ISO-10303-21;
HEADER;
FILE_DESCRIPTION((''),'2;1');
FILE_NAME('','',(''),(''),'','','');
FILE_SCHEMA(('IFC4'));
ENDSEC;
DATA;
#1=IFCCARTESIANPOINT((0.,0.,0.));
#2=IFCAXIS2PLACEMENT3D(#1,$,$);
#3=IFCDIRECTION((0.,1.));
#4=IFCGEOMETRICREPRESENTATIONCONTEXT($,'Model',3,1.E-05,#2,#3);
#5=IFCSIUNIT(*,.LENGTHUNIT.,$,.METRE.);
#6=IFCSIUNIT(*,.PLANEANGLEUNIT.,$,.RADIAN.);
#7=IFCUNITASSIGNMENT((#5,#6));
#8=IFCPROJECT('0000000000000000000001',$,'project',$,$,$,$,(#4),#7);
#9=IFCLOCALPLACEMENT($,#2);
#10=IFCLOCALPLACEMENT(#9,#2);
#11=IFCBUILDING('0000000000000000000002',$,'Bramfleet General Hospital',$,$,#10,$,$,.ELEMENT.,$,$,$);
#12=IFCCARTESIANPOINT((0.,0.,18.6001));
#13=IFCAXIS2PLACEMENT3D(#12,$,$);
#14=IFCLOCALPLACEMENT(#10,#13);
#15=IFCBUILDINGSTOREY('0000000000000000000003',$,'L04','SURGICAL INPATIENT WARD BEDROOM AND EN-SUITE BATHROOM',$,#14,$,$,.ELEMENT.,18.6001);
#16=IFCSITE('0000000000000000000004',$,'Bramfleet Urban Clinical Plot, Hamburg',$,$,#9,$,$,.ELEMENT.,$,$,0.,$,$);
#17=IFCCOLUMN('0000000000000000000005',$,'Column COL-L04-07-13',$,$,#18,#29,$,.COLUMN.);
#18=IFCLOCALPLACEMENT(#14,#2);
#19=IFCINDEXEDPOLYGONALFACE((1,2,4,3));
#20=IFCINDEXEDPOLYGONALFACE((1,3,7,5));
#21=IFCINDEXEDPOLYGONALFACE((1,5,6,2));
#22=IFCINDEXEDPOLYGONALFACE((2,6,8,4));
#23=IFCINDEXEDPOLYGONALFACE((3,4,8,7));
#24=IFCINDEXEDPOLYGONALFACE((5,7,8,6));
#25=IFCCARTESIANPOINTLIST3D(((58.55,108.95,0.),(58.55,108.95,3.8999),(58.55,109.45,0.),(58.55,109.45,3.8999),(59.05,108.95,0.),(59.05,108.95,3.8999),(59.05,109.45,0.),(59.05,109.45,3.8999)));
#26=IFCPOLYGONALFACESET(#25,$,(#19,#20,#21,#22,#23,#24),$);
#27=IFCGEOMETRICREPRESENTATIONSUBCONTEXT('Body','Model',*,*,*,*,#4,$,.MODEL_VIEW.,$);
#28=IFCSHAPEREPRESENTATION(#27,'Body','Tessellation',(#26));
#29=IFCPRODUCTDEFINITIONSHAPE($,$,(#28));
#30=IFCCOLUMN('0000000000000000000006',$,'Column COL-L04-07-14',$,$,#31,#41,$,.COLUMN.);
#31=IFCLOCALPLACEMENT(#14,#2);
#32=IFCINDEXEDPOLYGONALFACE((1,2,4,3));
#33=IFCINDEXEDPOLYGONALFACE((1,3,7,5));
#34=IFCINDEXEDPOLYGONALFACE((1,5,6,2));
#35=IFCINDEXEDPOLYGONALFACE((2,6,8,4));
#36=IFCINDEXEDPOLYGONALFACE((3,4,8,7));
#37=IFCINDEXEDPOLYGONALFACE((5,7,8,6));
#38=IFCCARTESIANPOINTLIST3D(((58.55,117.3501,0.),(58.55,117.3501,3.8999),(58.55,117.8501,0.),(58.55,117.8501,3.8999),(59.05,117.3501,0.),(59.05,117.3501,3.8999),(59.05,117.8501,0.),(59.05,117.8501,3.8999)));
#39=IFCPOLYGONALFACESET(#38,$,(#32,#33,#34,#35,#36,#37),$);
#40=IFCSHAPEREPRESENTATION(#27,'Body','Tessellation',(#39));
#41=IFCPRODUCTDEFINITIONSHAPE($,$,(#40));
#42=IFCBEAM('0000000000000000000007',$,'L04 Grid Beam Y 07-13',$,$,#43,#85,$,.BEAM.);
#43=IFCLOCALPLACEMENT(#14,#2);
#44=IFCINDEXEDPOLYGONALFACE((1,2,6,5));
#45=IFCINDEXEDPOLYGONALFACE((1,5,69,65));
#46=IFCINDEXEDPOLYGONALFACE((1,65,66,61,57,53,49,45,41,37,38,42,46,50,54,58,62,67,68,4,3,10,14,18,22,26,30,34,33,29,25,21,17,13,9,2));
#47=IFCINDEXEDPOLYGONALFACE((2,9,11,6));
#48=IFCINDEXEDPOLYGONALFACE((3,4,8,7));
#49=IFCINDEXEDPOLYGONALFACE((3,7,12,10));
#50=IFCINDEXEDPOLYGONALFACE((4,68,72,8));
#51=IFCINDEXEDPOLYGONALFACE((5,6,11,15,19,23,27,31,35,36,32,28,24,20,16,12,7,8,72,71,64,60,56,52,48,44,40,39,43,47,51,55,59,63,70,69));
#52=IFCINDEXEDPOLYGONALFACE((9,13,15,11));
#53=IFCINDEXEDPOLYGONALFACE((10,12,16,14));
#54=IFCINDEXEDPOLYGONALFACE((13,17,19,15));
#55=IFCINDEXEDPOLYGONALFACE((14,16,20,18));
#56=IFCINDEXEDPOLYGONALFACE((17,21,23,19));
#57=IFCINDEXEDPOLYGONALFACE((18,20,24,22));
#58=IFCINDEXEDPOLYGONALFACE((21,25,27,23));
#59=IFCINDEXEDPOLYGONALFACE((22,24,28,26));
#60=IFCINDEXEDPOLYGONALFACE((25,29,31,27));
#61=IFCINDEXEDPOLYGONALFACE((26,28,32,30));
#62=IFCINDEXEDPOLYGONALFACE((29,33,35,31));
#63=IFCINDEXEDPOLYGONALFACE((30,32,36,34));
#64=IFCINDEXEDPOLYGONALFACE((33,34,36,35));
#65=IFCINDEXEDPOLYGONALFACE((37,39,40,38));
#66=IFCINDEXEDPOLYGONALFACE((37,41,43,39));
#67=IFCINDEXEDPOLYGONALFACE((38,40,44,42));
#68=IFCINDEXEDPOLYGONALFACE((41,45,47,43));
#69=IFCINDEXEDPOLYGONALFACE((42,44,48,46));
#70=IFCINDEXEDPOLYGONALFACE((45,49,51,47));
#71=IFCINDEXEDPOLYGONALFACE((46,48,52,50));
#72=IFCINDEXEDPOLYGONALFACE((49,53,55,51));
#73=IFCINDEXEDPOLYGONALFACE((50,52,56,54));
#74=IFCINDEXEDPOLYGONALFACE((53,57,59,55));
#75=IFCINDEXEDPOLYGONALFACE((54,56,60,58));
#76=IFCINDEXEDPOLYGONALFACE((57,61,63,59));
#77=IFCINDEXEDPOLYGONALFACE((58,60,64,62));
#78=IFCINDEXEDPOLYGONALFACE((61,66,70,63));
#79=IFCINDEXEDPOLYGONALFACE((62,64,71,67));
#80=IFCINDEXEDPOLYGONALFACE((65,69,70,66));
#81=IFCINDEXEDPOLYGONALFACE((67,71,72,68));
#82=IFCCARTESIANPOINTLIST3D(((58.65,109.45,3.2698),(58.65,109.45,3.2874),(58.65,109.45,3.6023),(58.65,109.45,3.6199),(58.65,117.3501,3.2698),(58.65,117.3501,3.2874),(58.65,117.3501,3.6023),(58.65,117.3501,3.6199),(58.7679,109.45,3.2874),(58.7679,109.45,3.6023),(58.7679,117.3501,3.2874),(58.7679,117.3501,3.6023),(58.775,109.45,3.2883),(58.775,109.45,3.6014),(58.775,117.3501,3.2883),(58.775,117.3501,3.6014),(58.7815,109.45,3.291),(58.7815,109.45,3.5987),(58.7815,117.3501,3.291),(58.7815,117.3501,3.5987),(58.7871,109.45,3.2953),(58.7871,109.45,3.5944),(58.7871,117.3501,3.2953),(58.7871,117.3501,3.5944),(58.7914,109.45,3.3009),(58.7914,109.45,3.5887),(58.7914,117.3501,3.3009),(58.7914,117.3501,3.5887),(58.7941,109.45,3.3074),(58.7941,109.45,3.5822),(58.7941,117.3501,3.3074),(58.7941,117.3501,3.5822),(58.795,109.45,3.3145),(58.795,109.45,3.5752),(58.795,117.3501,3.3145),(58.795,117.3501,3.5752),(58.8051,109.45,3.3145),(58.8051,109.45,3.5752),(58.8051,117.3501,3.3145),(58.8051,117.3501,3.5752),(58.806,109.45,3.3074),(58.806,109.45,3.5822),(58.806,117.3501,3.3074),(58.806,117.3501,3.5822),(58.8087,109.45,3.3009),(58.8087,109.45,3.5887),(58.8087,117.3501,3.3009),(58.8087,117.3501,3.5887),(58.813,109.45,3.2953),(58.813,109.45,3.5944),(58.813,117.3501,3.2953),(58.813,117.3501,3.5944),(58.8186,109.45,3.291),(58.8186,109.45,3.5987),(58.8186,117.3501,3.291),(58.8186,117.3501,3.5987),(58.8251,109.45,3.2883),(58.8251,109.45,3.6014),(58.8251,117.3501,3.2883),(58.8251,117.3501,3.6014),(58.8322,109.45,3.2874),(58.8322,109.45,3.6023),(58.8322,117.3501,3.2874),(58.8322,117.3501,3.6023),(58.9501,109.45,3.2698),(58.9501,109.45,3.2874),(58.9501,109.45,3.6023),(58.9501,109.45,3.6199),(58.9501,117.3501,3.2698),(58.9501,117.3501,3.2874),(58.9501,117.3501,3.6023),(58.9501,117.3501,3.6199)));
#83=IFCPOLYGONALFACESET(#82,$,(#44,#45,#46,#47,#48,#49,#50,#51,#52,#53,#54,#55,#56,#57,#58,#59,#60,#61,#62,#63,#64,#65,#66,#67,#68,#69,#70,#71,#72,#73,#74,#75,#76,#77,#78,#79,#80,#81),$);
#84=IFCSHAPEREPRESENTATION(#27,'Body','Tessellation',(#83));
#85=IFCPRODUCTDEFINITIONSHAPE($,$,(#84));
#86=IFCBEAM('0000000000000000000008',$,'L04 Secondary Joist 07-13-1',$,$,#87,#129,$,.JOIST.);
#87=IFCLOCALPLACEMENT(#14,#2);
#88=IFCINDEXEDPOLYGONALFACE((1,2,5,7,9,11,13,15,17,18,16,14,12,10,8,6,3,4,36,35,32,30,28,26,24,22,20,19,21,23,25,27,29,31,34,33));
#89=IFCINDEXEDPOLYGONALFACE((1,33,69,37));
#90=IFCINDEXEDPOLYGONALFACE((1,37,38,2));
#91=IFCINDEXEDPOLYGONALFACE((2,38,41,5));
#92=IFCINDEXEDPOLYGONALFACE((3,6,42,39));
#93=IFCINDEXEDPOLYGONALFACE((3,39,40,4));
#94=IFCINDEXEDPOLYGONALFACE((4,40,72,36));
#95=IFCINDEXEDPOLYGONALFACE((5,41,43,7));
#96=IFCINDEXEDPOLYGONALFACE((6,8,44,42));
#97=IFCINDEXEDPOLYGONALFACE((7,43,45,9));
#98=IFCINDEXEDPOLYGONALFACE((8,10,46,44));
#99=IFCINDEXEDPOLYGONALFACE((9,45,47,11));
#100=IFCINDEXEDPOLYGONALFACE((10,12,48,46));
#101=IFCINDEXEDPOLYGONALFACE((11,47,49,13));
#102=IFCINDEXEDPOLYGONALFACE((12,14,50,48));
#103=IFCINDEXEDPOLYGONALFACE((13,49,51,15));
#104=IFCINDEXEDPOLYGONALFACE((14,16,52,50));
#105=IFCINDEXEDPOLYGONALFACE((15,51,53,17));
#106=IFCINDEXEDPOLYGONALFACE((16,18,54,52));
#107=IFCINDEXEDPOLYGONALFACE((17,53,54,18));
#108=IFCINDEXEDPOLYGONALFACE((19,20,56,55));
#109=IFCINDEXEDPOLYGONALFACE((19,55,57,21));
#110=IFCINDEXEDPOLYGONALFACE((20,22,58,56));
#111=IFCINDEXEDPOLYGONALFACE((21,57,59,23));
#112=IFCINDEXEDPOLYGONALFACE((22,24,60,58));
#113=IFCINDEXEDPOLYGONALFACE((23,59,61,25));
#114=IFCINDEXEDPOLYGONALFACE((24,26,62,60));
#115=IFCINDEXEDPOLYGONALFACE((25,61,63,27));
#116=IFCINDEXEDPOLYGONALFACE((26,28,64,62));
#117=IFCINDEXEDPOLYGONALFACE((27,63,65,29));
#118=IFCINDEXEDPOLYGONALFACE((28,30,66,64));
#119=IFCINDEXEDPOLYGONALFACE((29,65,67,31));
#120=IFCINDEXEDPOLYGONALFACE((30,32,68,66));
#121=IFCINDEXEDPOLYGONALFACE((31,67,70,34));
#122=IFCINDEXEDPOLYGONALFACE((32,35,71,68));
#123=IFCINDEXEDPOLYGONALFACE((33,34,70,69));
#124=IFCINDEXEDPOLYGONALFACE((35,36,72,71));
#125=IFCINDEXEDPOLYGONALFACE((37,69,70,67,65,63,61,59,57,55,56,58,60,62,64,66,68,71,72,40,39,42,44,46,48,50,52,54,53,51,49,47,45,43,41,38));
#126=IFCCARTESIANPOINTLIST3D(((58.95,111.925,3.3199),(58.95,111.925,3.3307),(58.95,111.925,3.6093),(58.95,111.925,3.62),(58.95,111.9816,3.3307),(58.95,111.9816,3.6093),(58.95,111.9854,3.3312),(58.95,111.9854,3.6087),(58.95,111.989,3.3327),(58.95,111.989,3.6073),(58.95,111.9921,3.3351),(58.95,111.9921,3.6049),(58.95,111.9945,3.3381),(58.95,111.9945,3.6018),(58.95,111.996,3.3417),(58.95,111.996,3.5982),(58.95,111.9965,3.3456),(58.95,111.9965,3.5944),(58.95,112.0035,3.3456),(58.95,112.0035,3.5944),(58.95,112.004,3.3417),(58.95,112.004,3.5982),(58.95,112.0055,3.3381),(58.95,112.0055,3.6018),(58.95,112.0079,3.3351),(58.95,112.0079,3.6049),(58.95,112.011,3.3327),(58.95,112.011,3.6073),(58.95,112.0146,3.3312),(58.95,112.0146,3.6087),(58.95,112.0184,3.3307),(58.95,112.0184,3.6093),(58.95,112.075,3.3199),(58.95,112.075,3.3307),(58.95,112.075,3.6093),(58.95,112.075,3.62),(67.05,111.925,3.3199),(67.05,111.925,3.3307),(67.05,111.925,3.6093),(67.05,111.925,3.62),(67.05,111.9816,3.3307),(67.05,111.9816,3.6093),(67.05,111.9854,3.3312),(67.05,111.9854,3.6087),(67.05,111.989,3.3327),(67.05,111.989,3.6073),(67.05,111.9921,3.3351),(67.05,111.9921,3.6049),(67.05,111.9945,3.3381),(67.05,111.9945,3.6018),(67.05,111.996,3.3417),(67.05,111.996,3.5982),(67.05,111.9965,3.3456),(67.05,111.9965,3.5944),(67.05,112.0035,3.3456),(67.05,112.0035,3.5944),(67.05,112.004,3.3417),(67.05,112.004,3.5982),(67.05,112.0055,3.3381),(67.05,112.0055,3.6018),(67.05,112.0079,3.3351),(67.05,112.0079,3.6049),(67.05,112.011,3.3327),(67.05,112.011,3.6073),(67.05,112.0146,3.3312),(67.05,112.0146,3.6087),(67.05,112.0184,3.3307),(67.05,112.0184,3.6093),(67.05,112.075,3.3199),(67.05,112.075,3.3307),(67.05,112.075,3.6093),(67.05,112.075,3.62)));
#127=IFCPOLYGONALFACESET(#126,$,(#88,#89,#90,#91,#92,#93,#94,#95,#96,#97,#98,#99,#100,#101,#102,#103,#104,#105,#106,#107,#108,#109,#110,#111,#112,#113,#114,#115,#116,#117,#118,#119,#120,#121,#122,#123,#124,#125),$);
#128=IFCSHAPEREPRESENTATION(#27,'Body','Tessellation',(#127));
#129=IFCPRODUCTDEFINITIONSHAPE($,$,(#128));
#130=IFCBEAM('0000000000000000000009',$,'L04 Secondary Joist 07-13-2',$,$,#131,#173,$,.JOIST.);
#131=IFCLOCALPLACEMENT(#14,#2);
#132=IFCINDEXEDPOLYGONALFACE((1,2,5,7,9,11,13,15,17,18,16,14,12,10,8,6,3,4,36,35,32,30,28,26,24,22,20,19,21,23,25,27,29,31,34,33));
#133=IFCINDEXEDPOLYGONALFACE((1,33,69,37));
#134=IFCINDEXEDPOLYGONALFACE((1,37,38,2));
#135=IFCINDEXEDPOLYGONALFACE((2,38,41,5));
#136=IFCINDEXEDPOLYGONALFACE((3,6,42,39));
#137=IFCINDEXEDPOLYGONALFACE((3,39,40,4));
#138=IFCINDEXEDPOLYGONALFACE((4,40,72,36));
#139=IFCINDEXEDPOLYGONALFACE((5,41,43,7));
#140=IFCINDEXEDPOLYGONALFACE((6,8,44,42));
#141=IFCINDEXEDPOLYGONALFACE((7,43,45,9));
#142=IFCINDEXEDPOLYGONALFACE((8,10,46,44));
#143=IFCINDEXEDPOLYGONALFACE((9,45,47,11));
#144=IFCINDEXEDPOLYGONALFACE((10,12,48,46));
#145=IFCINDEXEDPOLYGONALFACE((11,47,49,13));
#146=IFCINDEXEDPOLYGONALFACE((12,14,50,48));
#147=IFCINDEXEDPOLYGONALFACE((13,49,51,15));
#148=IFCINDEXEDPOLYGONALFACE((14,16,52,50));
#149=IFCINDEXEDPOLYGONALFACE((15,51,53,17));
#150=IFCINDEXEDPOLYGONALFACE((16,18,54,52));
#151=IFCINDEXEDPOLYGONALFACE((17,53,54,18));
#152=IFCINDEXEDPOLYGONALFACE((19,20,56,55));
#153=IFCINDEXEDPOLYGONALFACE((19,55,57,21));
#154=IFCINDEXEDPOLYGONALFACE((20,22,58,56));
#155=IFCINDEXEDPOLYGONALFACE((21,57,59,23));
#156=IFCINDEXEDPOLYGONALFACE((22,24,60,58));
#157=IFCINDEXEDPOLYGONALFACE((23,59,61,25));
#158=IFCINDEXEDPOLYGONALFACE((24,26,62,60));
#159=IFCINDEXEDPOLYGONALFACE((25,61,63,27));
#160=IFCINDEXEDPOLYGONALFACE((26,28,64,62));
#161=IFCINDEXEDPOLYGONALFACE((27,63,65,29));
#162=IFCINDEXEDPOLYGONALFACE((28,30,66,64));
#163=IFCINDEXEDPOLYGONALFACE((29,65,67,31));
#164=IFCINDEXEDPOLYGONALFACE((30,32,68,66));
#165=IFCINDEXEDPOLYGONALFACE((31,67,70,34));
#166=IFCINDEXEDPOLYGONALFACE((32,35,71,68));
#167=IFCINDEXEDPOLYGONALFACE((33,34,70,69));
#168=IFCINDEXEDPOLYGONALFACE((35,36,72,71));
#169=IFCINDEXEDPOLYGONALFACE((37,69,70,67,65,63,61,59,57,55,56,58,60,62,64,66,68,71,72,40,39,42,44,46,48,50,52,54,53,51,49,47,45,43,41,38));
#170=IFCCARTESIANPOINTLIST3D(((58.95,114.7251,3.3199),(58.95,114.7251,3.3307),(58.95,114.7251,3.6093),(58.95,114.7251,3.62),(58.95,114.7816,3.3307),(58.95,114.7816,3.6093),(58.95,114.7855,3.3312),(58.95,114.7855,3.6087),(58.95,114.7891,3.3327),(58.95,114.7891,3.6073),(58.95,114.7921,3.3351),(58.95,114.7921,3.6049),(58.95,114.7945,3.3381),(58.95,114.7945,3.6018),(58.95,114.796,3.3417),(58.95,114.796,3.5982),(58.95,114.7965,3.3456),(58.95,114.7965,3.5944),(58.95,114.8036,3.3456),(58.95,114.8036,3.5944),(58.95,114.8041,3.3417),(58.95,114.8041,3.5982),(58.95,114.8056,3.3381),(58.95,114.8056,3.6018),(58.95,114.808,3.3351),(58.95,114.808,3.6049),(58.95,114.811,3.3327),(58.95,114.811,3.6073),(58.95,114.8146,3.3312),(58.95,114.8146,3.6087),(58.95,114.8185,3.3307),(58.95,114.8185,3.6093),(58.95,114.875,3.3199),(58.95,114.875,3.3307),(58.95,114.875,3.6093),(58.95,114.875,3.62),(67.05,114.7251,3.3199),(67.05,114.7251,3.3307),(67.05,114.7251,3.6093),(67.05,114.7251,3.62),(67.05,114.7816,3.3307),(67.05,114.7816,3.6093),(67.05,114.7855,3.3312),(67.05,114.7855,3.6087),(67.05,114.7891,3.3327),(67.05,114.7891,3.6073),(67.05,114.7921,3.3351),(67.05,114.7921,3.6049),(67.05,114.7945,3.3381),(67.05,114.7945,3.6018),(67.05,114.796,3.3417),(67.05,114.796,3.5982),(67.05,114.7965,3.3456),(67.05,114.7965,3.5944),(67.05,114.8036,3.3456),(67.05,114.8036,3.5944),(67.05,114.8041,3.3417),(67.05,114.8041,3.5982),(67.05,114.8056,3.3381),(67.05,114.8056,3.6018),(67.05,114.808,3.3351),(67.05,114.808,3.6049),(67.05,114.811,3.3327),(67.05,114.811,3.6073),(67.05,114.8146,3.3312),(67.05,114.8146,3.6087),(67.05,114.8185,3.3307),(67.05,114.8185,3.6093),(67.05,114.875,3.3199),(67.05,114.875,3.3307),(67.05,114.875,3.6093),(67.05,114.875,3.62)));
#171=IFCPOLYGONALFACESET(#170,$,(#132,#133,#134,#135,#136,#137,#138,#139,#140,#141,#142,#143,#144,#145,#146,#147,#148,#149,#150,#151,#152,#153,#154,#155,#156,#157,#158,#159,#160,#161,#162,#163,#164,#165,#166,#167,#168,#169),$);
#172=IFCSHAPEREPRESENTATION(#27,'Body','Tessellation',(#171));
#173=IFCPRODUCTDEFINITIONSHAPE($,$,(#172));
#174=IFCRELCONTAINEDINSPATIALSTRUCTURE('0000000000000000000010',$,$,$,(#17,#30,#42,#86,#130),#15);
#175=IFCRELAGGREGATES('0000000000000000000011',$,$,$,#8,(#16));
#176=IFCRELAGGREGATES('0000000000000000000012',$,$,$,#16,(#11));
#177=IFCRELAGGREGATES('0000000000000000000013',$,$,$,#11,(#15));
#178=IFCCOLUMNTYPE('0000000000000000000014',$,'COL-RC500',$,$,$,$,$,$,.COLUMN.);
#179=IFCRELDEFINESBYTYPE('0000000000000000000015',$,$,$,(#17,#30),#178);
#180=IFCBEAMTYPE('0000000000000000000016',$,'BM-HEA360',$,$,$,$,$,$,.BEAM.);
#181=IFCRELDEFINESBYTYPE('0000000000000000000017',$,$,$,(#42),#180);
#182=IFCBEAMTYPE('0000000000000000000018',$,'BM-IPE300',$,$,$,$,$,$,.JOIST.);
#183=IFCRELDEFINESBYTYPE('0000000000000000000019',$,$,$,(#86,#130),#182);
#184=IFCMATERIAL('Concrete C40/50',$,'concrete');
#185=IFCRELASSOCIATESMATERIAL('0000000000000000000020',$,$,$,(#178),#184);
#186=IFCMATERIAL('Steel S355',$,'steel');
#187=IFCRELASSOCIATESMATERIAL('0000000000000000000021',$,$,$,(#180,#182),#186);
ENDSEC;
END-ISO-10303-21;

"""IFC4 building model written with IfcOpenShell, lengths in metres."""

from ifc_helpers import new_model, si_unit, direction, frame, origin, origin_2d, place, context, subcontext, project, spatial, rectangle, i_section, extrude, material, material_profile, profile_set, type_object, element, save


model = new_model("IFC4")

# Units and contexts
model_context = context("Model", 3, precision=1e-05, world=origin(), true_north=direction((0.0, 1.0)))
body_context = subcontext(model_context, "Body", "Model", "MODEL_VIEW")
ifc_project = project(units=[si_unit("LENGTHUNIT", "METRE"), si_unit("PLANEANGLEUNIT", "RADIAN")], contexts=[model_context])

# Site, building, storey
site_placement = place(None, origin())
site = spatial("IfcSite", under=ifc_project, at=site_placement, Name="Bramfleet Urban Clinical Plot, Hamburg", CompositionType="ELEMENT", RefElevation=0.0)
building_placement = place(site_placement, origin())
building = spatial("IfcBuilding", under=site, at=building_placement, Name="Bramfleet General Hospital", CompositionType="ELEMENT")
storey_placement = place(building_placement, frame((0.0, 0.0, 18.6001)))
storey = spatial("IfcBuildingStorey", under=building, at=storey_placement, Name="L04", Description="SURGICAL INPATIENT WARD BEDROOM AND EN-SUITE BATHROOM", CompositionType="ELEMENT", Elevation=18.6001)

# Columns
ifc_material_1 = material(Name="Concrete C40/50", Category="concrete")
ifc_material_profile_1 = material_profile(ifc_material_1, rectangle(XDim=0.5, YDim=0.5, at=origin_2d()), Name="RC COL 500x500")
ifc_profile_set_1 = profile_set([ifc_material_profile_1], Name="Concrete C40/50")
column_type = type_object("IfcColumnType", Name="COL-RC500", PredefinedType="COLUMN", material=ifc_profile_set_1)
for number, where, z_axis, x_axis, name in (
    (1, (58.8, 109.2, 0.0), (0.0, 0.0, 1.0), (1.0, 0.0, 0.0), "Column COL-L04-07-13"),
    (2, (58.8, 117.6001, 0.0), (0.0, 0.0, 1.0), (1.0, 0.0, 0.0), "Column COL-L04-07-14"),
):
    element("IfcColumn", number, at=place(storey_placement, frame(where, z_axis=z_axis, x_axis=x_axis)), inside=storey, type_object=column_type, Name=name, PredefinedType="COLUMN", context=body_context, shape_type="SweptSolid", body=[
        extrude(rectangle(XDim=0.5, YDim=0.5, at=origin_2d()), origin(), (0.0, 0.0, 1.0), 3.8999),
    ])

# Beams
ifc_material_2 = material(Name="Steel S355", Category="steel")
ifc_material_profile_2 = material_profile(ifc_material_2, i_section(OverallWidth=0.3, OverallDepth=0.3501, WebThickness=0.01, FlangeThickness=0.0176, FilletRadius=0.0271, at=origin_2d()), Name="HEA 360")
ifc_profile_set_2 = profile_set([ifc_material_profile_2], Name="Steel S355")
beam_type_1 = type_object("IfcBeamType", Name="BM-HEA360", PredefinedType="BEAM", material=ifc_profile_set_2)
beam_1_placement = place(storey_placement, frame((58.8, 109.45, 3.4448), z_axis=(0.0, 1.0, 0.0), x_axis=(-1.0, 0.0, 0.0)))
element("IfcBeam", 3, at=beam_1_placement, inside=storey, type_object=beam_type_1, Name="L04 Grid Beam Y 07-13", PredefinedType="BEAM", context=body_context, shape_type="SweptSolid", body=[
    extrude(i_section(OverallWidth=0.3, OverallDepth=0.3501, WebThickness=0.01, FlangeThickness=0.0176, FilletRadius=0.0271, at=origin_2d()), origin(), (0.0, 0.0, 1.0), 7.9001),
])
ifc_material_profile_3 = material_profile(ifc_material_2, i_section(OverallWidth=0.1499, OverallDepth=0.3, WebThickness=0.0071, FlangeThickness=0.0107, FilletRadius=0.0149, at=origin_2d()), Name="IPE 300")
ifc_profile_set_3 = profile_set([ifc_material_profile_3], Name="Steel S355")
beam_type_2 = type_object("IfcBeamType", Name="BM-IPE300", PredefinedType="JOIST", material=ifc_profile_set_3)
for number, where, z_axis, x_axis, name in (
    (4, (58.95, 112.0, 3.47), (1.0, 0.0, 0.0), (0.0, 1.0, 0.0), "L04 Secondary Joist 07-13-1"),
    (5, (58.95, 114.8, 3.47), (1.0, 0.0, 0.0), (0.0, 1.0, 0.0), "L04 Secondary Joist 07-13-2"),
):
    element("IfcBeam", number, at=place(storey_placement, frame(where, z_axis=z_axis, x_axis=x_axis)), inside=storey, type_object=beam_type_2, Name=name, PredefinedType="JOIST", context=body_context, shape_type="SweptSolid", body=[
        extrude(i_section(OverallWidth=0.1499, OverallDepth=0.3, WebThickness=0.0071, FlangeThickness=0.0107, FilletRadius=0.0149, at=origin_2d()), origin(), (0.0, 0.0, 1.0), 8.1001),
    ])

save(model, "model.ifc")
